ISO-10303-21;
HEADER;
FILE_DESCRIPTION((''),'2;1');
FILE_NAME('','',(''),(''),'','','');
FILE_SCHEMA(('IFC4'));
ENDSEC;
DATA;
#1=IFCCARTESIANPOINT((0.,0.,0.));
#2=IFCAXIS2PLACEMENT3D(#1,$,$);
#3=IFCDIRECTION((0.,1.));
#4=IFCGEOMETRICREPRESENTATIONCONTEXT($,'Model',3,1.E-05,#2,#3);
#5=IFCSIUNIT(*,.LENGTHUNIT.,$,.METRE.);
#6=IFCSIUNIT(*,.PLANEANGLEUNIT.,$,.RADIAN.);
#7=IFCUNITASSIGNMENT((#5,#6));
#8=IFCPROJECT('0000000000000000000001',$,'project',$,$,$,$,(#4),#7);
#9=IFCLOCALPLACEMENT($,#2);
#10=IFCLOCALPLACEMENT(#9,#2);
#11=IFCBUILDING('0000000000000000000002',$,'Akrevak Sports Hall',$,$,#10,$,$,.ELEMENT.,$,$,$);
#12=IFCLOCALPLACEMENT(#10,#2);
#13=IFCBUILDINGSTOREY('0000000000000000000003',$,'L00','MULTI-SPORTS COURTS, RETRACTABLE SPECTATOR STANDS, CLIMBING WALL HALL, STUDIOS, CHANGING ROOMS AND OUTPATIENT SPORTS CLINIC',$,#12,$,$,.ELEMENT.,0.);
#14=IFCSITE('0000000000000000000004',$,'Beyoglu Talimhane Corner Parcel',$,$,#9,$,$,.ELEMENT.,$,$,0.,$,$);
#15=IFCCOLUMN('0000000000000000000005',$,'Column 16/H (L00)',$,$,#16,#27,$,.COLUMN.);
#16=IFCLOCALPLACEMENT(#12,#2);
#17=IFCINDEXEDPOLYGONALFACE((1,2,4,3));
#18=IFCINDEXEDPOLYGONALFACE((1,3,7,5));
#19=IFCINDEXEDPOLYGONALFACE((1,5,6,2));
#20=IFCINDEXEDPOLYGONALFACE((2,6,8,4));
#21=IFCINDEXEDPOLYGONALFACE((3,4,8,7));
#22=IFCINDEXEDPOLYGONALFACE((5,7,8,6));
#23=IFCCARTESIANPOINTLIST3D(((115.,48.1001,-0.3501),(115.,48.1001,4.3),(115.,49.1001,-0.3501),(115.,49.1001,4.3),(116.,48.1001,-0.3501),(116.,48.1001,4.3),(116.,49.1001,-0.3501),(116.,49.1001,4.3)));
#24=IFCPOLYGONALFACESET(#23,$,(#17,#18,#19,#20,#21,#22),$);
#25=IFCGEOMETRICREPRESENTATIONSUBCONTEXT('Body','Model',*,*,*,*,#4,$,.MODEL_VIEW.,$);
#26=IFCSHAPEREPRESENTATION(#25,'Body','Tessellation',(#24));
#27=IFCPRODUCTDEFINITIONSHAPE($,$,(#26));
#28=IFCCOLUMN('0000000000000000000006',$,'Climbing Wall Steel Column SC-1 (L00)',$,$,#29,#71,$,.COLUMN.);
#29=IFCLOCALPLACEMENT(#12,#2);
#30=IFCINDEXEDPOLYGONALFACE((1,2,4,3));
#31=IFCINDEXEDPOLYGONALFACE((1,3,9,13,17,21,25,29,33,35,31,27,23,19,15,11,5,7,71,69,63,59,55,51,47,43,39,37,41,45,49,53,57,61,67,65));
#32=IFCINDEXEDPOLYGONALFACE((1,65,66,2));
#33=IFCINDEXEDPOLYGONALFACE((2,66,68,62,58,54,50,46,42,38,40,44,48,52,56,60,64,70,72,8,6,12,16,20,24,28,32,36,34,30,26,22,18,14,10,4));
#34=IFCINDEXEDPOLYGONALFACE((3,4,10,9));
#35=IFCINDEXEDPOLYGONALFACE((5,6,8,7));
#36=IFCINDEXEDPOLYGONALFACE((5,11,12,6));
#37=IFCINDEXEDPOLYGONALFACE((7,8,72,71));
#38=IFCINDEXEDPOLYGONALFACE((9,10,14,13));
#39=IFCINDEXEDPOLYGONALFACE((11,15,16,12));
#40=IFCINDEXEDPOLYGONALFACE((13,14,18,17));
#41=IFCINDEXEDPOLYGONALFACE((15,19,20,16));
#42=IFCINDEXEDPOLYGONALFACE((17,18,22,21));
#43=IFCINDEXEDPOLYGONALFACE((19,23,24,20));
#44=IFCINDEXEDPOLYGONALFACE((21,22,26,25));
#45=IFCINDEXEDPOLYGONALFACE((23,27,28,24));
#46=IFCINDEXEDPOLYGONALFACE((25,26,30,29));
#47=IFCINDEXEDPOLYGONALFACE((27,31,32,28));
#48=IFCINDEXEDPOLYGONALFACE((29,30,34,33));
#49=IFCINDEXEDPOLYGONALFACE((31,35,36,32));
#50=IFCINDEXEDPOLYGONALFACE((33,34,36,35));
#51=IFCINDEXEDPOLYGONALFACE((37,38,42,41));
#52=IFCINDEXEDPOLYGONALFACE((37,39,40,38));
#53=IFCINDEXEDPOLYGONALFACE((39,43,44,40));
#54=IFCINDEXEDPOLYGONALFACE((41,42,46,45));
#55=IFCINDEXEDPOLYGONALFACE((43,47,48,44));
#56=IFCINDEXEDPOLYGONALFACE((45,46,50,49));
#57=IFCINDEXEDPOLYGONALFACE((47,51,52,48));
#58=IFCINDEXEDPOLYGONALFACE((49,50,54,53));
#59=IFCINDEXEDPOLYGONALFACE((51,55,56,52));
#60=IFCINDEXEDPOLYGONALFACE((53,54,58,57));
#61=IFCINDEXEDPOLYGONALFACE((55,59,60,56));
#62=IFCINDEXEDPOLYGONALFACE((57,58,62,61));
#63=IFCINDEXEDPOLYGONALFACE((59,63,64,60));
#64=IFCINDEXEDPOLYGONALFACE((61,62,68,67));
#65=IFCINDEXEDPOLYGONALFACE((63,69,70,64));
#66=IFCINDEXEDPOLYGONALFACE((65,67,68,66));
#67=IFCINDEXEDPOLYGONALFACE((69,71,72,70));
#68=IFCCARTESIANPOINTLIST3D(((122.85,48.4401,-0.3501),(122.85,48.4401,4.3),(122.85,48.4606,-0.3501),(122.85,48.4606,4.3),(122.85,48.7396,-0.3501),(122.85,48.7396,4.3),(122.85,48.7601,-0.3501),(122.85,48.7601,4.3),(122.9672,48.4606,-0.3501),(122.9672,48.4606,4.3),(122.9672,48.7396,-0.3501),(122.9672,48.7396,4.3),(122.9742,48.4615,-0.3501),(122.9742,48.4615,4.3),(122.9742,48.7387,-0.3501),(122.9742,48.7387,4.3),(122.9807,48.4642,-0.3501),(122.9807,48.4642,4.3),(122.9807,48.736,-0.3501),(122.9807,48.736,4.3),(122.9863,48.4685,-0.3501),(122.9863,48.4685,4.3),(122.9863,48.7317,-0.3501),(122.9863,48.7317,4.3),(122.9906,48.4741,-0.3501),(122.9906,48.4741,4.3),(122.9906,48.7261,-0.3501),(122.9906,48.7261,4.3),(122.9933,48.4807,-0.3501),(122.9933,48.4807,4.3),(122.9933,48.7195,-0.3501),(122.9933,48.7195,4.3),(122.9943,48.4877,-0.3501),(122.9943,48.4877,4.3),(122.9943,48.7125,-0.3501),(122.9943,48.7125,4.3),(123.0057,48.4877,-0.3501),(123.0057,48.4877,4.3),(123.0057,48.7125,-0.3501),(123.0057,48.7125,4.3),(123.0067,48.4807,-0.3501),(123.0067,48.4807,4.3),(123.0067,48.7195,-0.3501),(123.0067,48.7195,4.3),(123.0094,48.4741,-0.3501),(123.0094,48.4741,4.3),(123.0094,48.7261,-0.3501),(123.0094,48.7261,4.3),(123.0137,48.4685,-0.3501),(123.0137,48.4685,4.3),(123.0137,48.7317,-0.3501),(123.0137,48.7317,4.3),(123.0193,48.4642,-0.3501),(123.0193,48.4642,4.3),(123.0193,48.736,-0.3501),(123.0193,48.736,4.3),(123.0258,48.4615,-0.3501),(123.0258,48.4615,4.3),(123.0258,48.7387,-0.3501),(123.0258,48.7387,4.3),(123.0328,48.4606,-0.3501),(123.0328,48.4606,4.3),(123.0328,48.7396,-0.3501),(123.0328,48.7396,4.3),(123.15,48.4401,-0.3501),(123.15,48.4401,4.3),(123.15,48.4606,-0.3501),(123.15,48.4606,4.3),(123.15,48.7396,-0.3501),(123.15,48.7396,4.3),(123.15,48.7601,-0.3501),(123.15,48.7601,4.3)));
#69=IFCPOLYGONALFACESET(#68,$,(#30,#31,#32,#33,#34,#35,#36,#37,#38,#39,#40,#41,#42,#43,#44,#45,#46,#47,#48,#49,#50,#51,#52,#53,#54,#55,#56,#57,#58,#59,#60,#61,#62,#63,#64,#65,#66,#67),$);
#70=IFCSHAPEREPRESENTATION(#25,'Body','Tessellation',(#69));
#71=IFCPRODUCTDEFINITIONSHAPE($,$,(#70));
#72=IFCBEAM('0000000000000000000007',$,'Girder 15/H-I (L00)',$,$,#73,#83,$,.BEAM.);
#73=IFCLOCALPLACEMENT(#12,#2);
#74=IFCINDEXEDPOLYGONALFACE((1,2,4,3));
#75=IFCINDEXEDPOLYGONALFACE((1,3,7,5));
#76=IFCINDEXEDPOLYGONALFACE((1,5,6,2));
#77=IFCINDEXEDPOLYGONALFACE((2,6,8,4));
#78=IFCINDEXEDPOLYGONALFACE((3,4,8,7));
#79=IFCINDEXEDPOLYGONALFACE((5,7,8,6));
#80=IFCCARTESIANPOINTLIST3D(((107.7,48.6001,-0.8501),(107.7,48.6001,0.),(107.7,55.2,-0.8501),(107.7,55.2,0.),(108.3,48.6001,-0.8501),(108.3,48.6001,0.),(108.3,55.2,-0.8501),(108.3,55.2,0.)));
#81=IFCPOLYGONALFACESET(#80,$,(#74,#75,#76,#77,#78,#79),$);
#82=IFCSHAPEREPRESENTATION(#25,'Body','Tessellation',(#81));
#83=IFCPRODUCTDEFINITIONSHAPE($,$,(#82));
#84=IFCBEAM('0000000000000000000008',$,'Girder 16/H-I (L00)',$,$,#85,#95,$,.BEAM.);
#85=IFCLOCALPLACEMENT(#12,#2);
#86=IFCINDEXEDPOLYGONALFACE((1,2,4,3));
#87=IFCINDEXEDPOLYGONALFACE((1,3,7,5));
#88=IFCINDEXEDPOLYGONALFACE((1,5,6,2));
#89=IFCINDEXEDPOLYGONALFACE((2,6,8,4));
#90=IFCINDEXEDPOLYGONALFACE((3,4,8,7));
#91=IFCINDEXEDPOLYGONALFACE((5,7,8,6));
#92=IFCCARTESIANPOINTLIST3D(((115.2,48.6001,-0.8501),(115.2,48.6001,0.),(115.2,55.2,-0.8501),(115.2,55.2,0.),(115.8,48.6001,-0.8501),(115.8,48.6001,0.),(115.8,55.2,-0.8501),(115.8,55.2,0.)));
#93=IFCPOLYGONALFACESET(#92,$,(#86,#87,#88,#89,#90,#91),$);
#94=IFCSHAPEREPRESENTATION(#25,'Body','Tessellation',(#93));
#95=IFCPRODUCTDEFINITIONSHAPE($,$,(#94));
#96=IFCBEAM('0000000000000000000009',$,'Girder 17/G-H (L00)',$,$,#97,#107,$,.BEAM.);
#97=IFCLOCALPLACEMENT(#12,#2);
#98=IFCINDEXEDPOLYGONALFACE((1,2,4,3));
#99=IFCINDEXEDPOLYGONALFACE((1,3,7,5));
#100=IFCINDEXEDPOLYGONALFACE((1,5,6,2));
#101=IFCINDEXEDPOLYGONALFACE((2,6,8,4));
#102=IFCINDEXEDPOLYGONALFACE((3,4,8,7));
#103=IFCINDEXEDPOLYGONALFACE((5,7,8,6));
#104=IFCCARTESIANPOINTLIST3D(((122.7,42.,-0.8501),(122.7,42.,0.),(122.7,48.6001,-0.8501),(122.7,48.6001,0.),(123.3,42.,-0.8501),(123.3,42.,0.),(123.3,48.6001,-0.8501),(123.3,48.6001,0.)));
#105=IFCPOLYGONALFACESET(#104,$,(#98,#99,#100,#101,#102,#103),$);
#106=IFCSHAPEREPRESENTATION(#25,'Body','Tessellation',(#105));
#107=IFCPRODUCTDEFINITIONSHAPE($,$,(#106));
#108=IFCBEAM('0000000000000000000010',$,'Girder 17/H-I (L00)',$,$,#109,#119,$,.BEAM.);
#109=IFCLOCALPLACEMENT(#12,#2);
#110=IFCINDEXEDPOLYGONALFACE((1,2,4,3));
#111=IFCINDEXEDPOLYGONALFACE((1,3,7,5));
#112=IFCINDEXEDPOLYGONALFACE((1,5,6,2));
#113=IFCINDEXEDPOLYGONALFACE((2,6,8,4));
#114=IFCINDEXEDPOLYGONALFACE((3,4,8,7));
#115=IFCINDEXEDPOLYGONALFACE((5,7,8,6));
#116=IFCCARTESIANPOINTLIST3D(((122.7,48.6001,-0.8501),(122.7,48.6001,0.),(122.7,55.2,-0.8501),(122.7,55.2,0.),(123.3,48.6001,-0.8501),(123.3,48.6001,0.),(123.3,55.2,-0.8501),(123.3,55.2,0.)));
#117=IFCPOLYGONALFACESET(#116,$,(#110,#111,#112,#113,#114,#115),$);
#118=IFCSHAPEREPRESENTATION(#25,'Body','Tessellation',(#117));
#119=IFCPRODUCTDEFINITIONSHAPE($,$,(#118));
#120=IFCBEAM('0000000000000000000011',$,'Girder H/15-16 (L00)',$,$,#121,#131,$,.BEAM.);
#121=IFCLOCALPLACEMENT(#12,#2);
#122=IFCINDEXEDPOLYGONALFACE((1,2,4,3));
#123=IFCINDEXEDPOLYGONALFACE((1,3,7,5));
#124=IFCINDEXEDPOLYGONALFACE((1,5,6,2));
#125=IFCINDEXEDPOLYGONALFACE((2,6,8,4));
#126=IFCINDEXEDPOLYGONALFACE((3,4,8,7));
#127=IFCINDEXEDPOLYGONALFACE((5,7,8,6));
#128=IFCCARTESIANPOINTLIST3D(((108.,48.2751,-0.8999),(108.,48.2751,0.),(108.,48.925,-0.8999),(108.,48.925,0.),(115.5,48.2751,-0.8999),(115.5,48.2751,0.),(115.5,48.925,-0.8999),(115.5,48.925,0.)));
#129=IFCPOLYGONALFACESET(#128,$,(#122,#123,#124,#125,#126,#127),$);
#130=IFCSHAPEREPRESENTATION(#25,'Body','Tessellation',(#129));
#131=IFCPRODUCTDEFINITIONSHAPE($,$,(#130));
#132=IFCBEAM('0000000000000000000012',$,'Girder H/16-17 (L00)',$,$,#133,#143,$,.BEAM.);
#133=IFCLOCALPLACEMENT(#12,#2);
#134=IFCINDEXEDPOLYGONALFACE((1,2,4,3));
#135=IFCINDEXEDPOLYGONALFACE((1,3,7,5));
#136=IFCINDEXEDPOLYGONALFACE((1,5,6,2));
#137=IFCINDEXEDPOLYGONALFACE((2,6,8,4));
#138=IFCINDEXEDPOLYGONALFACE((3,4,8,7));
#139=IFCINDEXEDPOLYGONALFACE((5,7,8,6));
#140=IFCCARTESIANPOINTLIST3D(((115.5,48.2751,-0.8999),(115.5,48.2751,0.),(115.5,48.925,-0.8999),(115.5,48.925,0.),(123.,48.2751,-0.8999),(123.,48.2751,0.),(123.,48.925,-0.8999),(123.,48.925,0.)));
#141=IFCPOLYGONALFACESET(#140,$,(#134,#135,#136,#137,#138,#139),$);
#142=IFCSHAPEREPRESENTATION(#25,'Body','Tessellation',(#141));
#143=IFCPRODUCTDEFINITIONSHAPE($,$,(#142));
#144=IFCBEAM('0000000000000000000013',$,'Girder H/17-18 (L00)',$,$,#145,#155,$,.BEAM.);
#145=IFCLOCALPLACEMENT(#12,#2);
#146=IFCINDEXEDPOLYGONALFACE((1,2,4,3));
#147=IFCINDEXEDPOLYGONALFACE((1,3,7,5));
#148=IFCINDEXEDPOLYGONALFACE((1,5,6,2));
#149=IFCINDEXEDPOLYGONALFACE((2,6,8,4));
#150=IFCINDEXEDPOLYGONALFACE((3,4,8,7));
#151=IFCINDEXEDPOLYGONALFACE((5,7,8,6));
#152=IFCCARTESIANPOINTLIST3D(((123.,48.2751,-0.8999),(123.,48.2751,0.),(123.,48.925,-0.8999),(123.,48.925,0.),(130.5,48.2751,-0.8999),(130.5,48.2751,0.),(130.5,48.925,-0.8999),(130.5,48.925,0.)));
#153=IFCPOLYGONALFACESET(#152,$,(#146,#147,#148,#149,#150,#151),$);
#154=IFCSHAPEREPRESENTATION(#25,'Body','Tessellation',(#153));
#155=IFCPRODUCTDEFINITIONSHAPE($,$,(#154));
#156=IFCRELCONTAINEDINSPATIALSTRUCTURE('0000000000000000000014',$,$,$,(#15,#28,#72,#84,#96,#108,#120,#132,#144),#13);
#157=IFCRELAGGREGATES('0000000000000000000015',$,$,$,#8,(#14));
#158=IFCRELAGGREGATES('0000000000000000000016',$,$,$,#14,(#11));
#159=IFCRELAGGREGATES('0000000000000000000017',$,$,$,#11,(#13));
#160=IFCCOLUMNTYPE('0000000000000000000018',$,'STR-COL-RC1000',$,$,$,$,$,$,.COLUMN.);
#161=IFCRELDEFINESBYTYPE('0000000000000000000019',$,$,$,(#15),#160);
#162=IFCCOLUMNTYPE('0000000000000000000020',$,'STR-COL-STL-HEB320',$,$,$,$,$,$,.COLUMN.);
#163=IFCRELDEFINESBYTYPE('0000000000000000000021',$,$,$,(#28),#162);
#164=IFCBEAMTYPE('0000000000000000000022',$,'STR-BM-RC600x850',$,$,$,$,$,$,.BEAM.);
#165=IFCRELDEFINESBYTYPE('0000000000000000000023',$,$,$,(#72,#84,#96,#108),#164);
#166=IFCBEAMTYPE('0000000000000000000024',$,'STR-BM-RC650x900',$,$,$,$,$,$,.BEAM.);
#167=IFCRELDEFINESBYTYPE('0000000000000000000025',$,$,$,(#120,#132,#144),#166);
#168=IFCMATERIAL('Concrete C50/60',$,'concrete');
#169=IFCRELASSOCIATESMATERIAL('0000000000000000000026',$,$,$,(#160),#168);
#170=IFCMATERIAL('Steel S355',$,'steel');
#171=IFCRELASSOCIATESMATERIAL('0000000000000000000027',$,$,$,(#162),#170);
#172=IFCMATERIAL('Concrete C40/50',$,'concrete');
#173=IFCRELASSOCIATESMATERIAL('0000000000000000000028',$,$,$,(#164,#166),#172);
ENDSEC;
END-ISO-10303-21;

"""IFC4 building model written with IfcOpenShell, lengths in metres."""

from ifc_helpers import new_model, si_unit, direction, frame, origin, origin_2d, place, context, subcontext, project, spatial, rectangle, i_section, extrude, material, material_profile, profile_set, type_object, element, save


model = new_model("IFC4")

# Units and contexts
model_context = context("Model", 3, precision=1e-05, world=origin(), true_north=direction((0.0, 1.0)))
body_context = subcontext(model_context, "Body", "Model", "MODEL_VIEW")
ifc_project = project(units=[si_unit("LENGTHUNIT", "METRE"), si_unit("PLANEANGLEUNIT", "RADIAN")], contexts=[model_context])

# Site, building, storey
site_placement = place(None, origin())
site = spatial("IfcSite", under=ifc_project, at=site_placement, Name="Beyoglu Talimhane Corner Parcel", CompositionType="ELEMENT", RefElevation=0.0)
building_placement = place(site_placement, origin())
building = spatial("IfcBuilding", under=site, at=building_placement, Name="Akrevak Sports Hall", CompositionType="ELEMENT")
storey_placement = place(building_placement, origin())
storey = spatial("IfcBuildingStorey", under=building, at=storey_placement, Name="L00", Description="MULTI-SPORTS COURTS, RETRACTABLE SPECTATOR STANDS, CLIMBING WALL HALL, STUDIOS, CHANGING ROOMS AND OUTPATIENT SPORTS CLINIC", CompositionType="ELEMENT", Elevation=0.0)

# Columns
ifc_material_1 = material(Name="Concrete C50/60", Category="concrete")
ifc_material_profile_1 = material_profile(ifc_material_1, rectangle(XDim=1.0, YDim=1.0, at=origin_2d()), Name="RC 1000x1000", Category="concrete")
ifc_profile_set_1 = profile_set([ifc_material_profile_1], Name="Concrete C50/60")
column_type_1 = type_object("IfcColumnType", Name="STR-COL-RC1000", PredefinedType="COLUMN", material=ifc_profile_set_1)
column_1_placement = place(storey_placement, frame((115.5, 48.6001, -0.3501), z_axis=(0.0, 0.0, 1.0), x_axis=(1.0, 0.0, 0.0)))
element("IfcColumn", 1, at=column_1_placement, inside=storey, type_object=column_type_1, Name="Column 16/H (L00)", PredefinedType="COLUMN", context=body_context, shape_type="SweptSolid", body=[
    extrude(rectangle(XDim=1.0, YDim=1.0, at=origin_2d()), origin(), (0.0, 0.0, 1.0), 4.6501),
])
ifc_material_2 = material(Name="Steel S355", Category="steel")
ifc_material_profile_2 = material_profile(ifc_material_2, i_section(OverallWidth=0.3, OverallDepth=0.3201, WebThickness=0.0115, FlangeThickness=0.0205, FilletRadius=0.0271, at=origin_2d()), Name="HEB 320", Category="steel")
ifc_profile_set_2 = profile_set([ifc_material_profile_2], Name="Steel S355")
column_type_2 = type_object("IfcColumnType", Name="STR-COL-STL-HEB320", PredefinedType="COLUMN", material=ifc_profile_set_2)
column_2_placement = place(storey_placement, frame((123.0, 48.6001, -0.3501), z_axis=(0.0, 0.0, 1.0), x_axis=(1.0, 0.0, 0.0)))
element("IfcColumn", 2, at=column_2_placement, inside=storey, type_object=column_type_2, Name="Climbing Wall Steel Column SC-1 (L00)", PredefinedType="COLUMN", context=body_context, shape_type="SweptSolid", body=[
    extrude(i_section(OverallWidth=0.3, OverallDepth=0.3201, WebThickness=0.0115, FlangeThickness=0.0205, FilletRadius=0.0271, at=origin_2d()), origin(), (0.0, 0.0, 1.0), 4.6501),
])

# Beams
ifc_material_3 = material(Name="Concrete C40/50", Category="concrete")
ifc_material_profile_3 = material_profile(ifc_material_3, rectangle(XDim=0.6001, YDim=0.8501, at=origin_2d()), Name="BM 600x850", Category="concrete")
ifc_profile_set_3 = profile_set([ifc_material_profile_3], Name="Concrete C40/50")
beam_type_1 = type_object("IfcBeamType", Name="STR-BM-RC600x850", PredefinedType="BEAM", material=ifc_profile_set_3)
for number, where, z_axis, x_axis, name in (
    (3, (108.0, 48.6001, -0.425), (0.0, 1.0, 0.0), (-1.0, 0.0, 0.0), "Girder 15/H-I (L00)"),
    (4, (115.5, 48.6001, -0.425), (0.0, 1.0, 0.0), (-1.0, 0.0, 0.0), "Girder 16/H-I (L00)"),
):
    element("IfcBeam", number, at=place(storey_placement, frame(where, z_axis=z_axis, x_axis=x_axis)), inside=storey, type_object=beam_type_1, Name=name, PredefinedType="BEAM", context=body_context, shape_type="SweptSolid", body=[
        extrude(rectangle(XDim=0.6001, YDim=0.8501, at=origin_2d()), origin(), (0.0, 0.0, 1.0), 6.5999),
    ])
beam_1_placement = place(storey_placement, frame((123.0, 42.0, -0.425), z_axis=(0.0, 1.0, 0.0), x_axis=(-1.0, 0.0, 0.0)))
element("IfcBeam", 5, at=beam_1_placement, inside=storey, type_object=beam_type_1, Name="Girder 17/G-H (L00)", PredefinedType="BEAM", context=body_context, shape_type="SweptSolid", body=[
    extrude(rectangle(XDim=0.6001, YDim=0.8501, at=origin_2d()), origin(), (0.0, 0.0, 1.0), 6.6001),
])
beam_2_placement = place(storey_placement, frame((123.0, 48.6001, -0.425), z_axis=(0.0, 1.0, 0.0), x_axis=(-1.0, 0.0, 0.0)))
element("IfcBeam", 6, at=beam_2_placement, inside=storey, type_object=beam_type_1, Name="Girder 17/H-I (L00)", PredefinedType="BEAM", context=body_context, shape_type="SweptSolid", body=[
    extrude(rectangle(XDim=0.6001, YDim=0.8501, at=origin_2d()), origin(), (0.0, 0.0, 1.0), 6.5999),
])
ifc_material_profile_4 = material_profile(ifc_material_3, rectangle(XDim=0.6499, YDim=0.8999, at=origin_2d()), Name="BM 650x900", Category="concrete")
ifc_profile_set_4 = profile_set([ifc_material_profile_4], Name="Concrete C40/50")
beam_type_2 = type_object("IfcBeamType", Name="STR-BM-RC650x900", PredefinedType="BEAM", material=ifc_profile_set_4)
for number, where, z_axis, x_axis, name in (
    (7, (108.0, 48.6001, -0.45), (1.0, 0.0, 0.0), (0.0, 1.0, 0.0), "Girder H/15-16 (L00)"),
    (8, (115.5, 48.6001, -0.45), (1.0, 0.0, 0.0), (0.0, 1.0, 0.0), "Girder H/16-17 (L00)"),
    (9, (123.0, 48.6001, -0.45), (1.0, 0.0, 0.0), (0.0, 1.0, 0.0), "Girder H/17-18 (L00)"),
):
    element("IfcBeam", number, at=place(storey_placement, frame(where, z_axis=z_axis, x_axis=x_axis)), inside=storey, type_object=beam_type_2, Name=name, PredefinedType="BEAM", context=body_context, shape_type="SweptSolid", body=[
        extrude(rectangle(XDim=0.6499, YDim=0.8999, at=origin_2d()), origin(), (0.0, 0.0, 1.0), 7.5),
    ])

save(model, "model.ifc")
